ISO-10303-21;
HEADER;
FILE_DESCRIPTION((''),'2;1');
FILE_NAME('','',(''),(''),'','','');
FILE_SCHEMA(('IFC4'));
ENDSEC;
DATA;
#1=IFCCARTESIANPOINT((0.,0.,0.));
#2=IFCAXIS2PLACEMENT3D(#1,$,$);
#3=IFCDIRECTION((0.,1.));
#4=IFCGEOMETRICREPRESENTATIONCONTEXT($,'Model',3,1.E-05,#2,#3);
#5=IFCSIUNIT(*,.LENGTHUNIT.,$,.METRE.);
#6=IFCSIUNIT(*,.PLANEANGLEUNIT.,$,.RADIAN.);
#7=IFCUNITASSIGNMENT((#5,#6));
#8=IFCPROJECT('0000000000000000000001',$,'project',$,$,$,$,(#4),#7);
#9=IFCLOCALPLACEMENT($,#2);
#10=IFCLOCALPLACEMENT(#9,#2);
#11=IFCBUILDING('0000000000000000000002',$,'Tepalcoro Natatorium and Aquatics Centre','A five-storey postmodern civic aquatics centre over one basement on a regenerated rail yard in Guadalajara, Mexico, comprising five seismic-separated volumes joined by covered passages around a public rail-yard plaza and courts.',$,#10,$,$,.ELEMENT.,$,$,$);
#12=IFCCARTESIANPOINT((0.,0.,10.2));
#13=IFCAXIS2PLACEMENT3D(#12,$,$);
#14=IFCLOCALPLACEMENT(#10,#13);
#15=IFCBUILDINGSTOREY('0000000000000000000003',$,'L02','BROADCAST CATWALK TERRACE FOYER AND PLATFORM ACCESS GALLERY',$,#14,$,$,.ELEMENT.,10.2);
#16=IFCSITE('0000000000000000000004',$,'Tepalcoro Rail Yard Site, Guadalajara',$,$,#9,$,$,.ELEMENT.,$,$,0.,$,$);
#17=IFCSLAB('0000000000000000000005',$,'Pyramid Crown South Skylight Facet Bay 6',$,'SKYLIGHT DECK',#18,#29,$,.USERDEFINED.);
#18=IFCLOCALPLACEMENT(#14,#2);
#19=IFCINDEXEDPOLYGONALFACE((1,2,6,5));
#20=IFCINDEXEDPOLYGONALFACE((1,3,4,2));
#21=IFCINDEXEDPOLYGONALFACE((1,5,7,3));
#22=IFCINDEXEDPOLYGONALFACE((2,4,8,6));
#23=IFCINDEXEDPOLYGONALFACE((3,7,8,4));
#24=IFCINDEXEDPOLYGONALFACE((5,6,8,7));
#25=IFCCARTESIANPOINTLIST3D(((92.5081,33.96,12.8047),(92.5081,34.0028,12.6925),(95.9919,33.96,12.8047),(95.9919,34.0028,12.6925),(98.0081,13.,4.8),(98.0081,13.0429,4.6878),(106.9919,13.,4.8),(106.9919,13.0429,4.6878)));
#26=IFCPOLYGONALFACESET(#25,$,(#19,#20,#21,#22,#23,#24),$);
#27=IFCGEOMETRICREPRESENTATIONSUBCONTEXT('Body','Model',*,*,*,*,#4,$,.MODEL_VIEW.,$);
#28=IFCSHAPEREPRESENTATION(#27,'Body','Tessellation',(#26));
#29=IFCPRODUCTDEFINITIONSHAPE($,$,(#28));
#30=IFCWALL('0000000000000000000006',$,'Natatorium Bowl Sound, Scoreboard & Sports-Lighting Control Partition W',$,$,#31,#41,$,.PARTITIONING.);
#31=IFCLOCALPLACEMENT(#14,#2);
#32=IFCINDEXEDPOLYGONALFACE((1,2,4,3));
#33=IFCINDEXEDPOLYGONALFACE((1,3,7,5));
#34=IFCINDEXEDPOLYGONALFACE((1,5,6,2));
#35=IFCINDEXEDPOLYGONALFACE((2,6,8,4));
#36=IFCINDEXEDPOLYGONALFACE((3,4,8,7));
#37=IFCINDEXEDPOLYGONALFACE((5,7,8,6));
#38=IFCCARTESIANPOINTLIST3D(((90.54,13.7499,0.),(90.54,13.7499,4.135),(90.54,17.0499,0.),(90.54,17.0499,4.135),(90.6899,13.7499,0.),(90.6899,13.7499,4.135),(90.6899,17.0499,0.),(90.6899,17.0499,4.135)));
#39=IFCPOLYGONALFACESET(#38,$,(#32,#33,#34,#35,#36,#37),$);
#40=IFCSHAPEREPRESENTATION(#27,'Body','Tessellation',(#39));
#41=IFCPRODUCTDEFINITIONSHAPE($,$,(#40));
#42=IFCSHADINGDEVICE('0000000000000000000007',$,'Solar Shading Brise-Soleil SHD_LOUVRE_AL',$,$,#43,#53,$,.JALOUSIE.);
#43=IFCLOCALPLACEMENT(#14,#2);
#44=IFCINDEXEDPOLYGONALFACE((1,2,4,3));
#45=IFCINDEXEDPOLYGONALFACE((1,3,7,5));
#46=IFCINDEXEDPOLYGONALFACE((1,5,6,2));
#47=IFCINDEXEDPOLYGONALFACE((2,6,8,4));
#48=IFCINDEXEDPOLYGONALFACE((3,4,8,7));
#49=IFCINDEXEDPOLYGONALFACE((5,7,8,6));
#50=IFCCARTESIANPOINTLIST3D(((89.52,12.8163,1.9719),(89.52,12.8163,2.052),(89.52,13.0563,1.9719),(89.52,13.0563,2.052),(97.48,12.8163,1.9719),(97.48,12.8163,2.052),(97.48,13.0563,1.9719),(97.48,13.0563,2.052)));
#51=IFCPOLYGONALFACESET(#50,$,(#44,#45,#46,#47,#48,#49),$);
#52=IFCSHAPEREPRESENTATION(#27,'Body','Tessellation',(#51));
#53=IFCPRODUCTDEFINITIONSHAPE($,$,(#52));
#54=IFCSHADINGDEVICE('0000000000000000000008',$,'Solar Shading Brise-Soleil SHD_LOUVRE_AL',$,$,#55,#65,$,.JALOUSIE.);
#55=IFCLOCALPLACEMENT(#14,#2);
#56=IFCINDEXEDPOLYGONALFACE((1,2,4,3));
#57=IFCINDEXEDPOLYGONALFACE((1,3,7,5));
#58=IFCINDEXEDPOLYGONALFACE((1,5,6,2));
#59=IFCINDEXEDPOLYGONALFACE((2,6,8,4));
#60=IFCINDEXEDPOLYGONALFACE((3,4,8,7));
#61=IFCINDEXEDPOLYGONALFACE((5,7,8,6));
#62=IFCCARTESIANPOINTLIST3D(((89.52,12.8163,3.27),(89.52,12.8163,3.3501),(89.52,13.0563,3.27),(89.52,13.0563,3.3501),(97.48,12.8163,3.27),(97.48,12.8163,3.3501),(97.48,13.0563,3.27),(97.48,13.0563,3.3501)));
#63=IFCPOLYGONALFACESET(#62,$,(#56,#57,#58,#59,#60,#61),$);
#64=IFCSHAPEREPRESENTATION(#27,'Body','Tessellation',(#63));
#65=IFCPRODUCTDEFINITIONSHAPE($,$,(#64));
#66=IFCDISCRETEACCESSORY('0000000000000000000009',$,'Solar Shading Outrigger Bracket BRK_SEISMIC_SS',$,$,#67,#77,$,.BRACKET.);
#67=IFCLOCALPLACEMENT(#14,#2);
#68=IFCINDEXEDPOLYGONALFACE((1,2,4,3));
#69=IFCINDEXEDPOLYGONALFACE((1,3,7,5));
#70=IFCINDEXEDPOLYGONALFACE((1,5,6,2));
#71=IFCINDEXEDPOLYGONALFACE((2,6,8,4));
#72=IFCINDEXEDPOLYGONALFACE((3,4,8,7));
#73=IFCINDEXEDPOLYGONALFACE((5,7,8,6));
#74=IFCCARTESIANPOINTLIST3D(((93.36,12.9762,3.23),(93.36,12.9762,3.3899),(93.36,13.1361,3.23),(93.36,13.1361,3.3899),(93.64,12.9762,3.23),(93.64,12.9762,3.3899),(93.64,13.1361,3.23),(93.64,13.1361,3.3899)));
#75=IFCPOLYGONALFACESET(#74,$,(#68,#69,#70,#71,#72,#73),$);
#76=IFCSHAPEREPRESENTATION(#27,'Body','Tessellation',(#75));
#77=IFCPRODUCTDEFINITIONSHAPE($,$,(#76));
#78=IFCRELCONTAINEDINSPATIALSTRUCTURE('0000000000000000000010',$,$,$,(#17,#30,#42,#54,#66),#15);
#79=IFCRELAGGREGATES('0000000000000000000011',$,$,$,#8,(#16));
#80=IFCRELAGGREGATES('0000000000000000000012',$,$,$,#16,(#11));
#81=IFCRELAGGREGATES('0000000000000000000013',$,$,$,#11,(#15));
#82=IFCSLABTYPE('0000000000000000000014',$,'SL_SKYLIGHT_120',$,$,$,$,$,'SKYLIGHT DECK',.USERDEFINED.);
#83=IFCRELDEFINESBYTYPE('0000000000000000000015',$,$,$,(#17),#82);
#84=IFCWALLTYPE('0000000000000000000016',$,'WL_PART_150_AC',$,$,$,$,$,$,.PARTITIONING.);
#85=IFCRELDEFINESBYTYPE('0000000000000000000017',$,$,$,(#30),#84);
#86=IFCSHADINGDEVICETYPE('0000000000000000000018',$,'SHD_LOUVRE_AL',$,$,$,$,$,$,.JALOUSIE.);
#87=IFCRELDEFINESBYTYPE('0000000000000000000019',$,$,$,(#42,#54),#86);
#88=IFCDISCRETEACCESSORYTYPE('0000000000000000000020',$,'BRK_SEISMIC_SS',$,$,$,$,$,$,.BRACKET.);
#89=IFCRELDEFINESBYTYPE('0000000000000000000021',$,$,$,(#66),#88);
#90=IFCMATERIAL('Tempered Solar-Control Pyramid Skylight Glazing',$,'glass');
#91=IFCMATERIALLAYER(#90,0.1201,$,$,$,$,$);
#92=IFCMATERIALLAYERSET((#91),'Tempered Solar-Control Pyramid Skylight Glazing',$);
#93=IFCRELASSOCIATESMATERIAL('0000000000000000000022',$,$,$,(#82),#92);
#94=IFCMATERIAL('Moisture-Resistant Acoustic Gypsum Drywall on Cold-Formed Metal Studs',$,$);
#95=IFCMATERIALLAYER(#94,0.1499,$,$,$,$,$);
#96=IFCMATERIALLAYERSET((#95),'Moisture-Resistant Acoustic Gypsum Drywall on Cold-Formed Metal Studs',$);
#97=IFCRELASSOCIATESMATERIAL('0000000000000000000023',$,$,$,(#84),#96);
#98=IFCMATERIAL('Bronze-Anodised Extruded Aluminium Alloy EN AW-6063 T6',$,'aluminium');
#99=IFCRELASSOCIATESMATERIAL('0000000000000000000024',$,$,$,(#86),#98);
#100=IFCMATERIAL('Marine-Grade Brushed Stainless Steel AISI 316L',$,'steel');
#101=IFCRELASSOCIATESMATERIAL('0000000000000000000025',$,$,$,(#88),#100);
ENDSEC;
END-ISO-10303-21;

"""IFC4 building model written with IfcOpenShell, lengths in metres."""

from ifc_helpers import new_model, si_unit, direction, frame, frame_2d, origin, origin_2d, place, context, subcontext, project, spatial, polyline, rectangle, outline, extrude, material, layer, layer_set, type_object, element, save


model = new_model("IFC4")

# Units and contexts
model_context = context("Model", 3, precision=1e-05, world=origin(), true_north=direction((0.0, 1.0)))
body_context = subcontext(model_context, "Body", "Model", "MODEL_VIEW")
ifc_project = project(units=[si_unit("LENGTHUNIT", "METRE"), si_unit("PLANEANGLEUNIT", "RADIAN")], contexts=[model_context])

# Site, building, storey
site_placement = place(None, origin())
site = spatial("IfcSite", under=ifc_project, at=site_placement, Name="Tepalcoro Rail Yard Site, Guadalajara", CompositionType="ELEMENT", RefElevation=0.0)
building_placement = place(site_placement, origin())
building = spatial("IfcBuilding", under=site, at=building_placement, Name="Tepalcoro Natatorium and Aquatics Centre", Description="A five-storey postmodern civic aquatics centre over one basement on a regenerated rail yard in Guadalajara, Mexico, comprising five seismic-separated volumes joined by covered passages around a public rail-yard plaza and courts.", CompositionType="ELEMENT")
storey_placement = place(building_placement, frame((0.0, 0.0, 10.2)))
storey = spatial("IfcBuildingStorey", under=building, at=storey_placement, Name="L02", Description="BROADCAST CATWALK TERRACE FOYER AND PLATFORM ACCESS GALLERY", CompositionType="ELEMENT", Elevation=10.2)

# Shared definitions
ifc_material_1 = material(Name="Bronze-Anodised Extruded Aluminium Alloy EN AW-6063 T6", Category="aluminium")

# Slab
ifc_material_2 = material(Name="Tempered Solar-Control Pyramid Skylight Glazing", Category="glass")
ifc_layer_1 = layer(ifc_material_2, 0.1201)
ifc_layer_set_1 = layer_set([ifc_layer_1], Name="Tempered Solar-Control Pyramid Skylight Glazing")
slab_type = type_object("IfcSlabType", Name="SL_SKYLIGHT_120", ElementType="SKYLIGHT DECK", PredefinedType="USERDEFINED", material=ifc_layer_set_1)
slab_placement = place(storey_placement, frame((98.0081, 13.0, 4.8), z_axis=(0.0, -0.356769, 0.934192), x_axis=(1.0, 0.0, 0.0)))
element("IfcSlab", 1, at=slab_placement, inside=storey, type_object=slab_type, Name="Pyramid Crown South Skylight Facet Bay 6", ObjectType="SKYLIGHT DECK", PredefinedType="USERDEFINED", context=body_context, shape_type="SweptSolid", body=[
    extrude(outline(polyline([(0.0, 0.0), (8.9839, 0.0), (-2.0161, 22.4364), (-5.5, 22.4364), (0.0, 0.0)])), origin(), (0.0, 0.0, -1.0), 0.1201),
])

# Wall
ifc_material_3 = material(Name="Moisture-Resistant Acoustic Gypsum Drywall on Cold-Formed Metal Studs")
ifc_layer_2 = layer(ifc_material_3, 0.1499)
ifc_layer_set_2 = layer_set([ifc_layer_2], Name="Moisture-Resistant Acoustic Gypsum Drywall on Cold-Formed Metal Studs")
wall_type = type_object("IfcWallType", Name="WL_PART_150_AC", PredefinedType="PARTITIONING", material=ifc_layer_set_2)
wall_placement = place(storey_placement, frame((90.615, 13.75, 0.0), z_axis=(0.0, 0.0, 1.0), x_axis=(0.0, 1.0, 0.0)))
element("IfcWall", 2, at=wall_placement, inside=storey, type_object=wall_type, Name="Natatorium Bowl Sound, Scoreboard & Sports-Lighting Control Partition W", PredefinedType="PARTITIONING", context=body_context, shape_type="SweptSolid", body=[
    extrude(rectangle(XDim=3.3, YDim=0.1499, at=frame_2d((1.6499, 0.0))), origin(), (0.0, 0.0, 1.0), 4.135),
])

# Shading devices
shading_device_type = type_object("IfcShadingDeviceType", Name="SHD_LOUVRE_AL", PredefinedType="JALOUSIE", material=ifc_material_1)
for number, where, z_axis, x_axis, name in (
    (3, (93.5, 12.9363, 1.9719), (0.0, 0.0, 1.0), (1.0, 0.0, 0.0), "Solar Shading Brise-Soleil SHD_LOUVRE_AL"),
    (4, (93.5, 12.9363, 3.27), (0.0, 0.0, 1.0), (1.0, 0.0, 0.0), "Solar Shading Brise-Soleil SHD_LOUVRE_AL"),
):
    element("IfcShadingDevice", number, at=place(storey_placement, frame(where, z_axis=z_axis, x_axis=x_axis)), inside=storey, type_object=shading_device_type, Name=name, PredefinedType="JALOUSIE", context=body_context, shape_type="SweptSolid", body=[
        extrude(rectangle(XDim=7.96, YDim=0.24, at=origin_2d()), origin(), (0.0, 0.0, 1.0), 0.0801),
    ])

# Discrete accessory
ifc_material_4 = material(Name="Marine-Grade Brushed Stainless Steel AISI 316L", Category="steel")
discrete_accessory_type = type_object("IfcDiscreteAccessoryType", Name="BRK_SEISMIC_SS", PredefinedType="BRACKET", material=ifc_material_4)
discrete_accessory_placement = place(storey_placement, frame((93.5, 13.0562, 3.23), z_axis=(0.0, 0.0, 1.0), x_axis=(1.0, 0.0, 0.0)))
element("IfcDiscreteAccessory", 5, at=discrete_accessory_placement, inside=storey, type_object=discrete_accessory_type, Name="Solar Shading Outrigger Bracket BRK_SEISMIC_SS", PredefinedType="BRACKET", context=body_context, shape_type="SweptSolid", body=[
    extrude(rectangle(XDim=0.28, YDim=0.1599, at=origin_2d()), origin(), (0.0, 0.0, 1.0), 0.1599),
])

save(model, "model.ifc")
